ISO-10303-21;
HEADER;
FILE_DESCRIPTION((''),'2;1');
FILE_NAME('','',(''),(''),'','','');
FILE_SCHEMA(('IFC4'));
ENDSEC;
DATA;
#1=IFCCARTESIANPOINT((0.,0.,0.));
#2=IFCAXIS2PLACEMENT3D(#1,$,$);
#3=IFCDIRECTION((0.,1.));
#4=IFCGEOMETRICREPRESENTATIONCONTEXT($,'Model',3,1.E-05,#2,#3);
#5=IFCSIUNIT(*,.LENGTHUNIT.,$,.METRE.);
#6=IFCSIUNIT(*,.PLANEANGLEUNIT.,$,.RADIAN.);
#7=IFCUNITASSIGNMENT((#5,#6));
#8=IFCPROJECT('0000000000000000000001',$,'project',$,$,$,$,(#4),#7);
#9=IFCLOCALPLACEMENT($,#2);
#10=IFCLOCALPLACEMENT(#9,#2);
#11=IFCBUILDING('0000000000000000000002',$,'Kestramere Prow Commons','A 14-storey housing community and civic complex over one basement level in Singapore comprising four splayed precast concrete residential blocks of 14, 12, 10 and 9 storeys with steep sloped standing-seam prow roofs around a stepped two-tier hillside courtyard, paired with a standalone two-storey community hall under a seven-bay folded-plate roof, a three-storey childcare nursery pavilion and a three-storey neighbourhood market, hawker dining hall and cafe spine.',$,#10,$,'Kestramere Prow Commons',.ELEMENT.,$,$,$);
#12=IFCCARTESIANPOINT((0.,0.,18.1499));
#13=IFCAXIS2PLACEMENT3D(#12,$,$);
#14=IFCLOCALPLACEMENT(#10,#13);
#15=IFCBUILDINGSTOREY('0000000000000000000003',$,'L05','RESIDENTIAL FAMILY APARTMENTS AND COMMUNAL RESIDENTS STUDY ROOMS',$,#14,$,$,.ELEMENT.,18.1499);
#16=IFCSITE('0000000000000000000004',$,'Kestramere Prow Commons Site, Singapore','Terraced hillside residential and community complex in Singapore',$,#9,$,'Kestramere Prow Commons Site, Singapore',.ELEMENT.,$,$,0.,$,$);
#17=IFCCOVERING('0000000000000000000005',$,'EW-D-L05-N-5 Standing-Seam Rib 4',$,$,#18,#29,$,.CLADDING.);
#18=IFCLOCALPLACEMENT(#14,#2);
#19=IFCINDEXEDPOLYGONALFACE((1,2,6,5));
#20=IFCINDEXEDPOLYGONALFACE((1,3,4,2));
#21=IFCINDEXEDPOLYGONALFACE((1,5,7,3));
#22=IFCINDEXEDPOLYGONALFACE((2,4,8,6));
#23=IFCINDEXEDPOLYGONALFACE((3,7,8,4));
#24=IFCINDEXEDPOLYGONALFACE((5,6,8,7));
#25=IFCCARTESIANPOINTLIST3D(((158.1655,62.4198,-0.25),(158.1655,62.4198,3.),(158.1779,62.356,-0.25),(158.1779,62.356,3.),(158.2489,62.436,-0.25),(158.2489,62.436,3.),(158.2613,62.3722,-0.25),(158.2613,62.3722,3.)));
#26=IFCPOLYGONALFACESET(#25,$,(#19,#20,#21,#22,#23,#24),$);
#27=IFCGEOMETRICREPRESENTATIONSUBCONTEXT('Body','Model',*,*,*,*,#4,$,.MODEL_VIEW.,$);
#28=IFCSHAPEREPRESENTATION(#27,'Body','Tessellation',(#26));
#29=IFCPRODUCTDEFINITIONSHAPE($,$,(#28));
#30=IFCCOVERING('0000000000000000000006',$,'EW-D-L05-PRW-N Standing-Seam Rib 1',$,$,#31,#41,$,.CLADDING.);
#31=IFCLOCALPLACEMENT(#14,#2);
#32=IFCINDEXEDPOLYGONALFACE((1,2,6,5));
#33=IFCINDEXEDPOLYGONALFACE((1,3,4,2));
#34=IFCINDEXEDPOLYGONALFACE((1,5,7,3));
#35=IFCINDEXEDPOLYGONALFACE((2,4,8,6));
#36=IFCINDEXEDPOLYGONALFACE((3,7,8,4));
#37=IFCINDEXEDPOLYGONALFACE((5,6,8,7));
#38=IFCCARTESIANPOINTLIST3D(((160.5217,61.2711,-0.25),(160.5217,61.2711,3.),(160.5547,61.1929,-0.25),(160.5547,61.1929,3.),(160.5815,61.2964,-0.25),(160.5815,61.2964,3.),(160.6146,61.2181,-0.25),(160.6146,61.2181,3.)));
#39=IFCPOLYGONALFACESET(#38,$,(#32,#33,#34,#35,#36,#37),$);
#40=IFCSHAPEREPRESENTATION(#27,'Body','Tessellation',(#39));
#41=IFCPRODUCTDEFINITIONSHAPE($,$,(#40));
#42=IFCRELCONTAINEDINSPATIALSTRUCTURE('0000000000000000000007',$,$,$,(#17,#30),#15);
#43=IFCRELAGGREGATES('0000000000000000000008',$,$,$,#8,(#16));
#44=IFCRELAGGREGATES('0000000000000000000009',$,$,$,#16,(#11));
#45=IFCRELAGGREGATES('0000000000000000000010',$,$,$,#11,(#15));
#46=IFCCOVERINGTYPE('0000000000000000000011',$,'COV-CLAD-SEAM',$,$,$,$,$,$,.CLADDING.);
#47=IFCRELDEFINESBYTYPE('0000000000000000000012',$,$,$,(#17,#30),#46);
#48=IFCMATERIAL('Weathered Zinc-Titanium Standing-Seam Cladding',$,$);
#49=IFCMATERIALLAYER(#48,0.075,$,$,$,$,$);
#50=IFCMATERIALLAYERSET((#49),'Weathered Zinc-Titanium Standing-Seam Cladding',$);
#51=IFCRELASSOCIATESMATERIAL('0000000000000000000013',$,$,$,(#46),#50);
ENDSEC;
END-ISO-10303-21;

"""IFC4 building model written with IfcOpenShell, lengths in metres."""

from ifc_helpers import new_model, si_unit, direction, frame, origin, origin_2d, place, context, subcontext, project, spatial, rectangle, extrude, material, layer, layer_set, type_object, element, save


model = new_model("IFC4")

# Units and contexts
model_context = context("Model", 3, precision=1e-05, world=origin(), true_north=direction((0.0, 1.0)))
body_context = subcontext(model_context, "Body", "Model", "MODEL_VIEW")
ifc_project = project(units=[si_unit("LENGTHUNIT", "METRE"), si_unit("PLANEANGLEUNIT", "RADIAN")], contexts=[model_context])

# Site, building, storey
site_placement = place(None, origin())
site = spatial("IfcSite", under=ifc_project, at=site_placement, Name="Kestramere Prow Commons Site, Singapore", Description="Terraced hillside residential and community complex in Singapore", LongName="Kestramere Prow Commons Site, Singapore", CompositionType="ELEMENT", RefElevation=0.0)
building_placement = place(site_placement, origin())
building = spatial("IfcBuilding", under=site, at=building_placement, Name="Kestramere Prow Commons", Description="A 14-storey housing community and civic complex over one basement level in Singapore comprising four splayed precast concrete residential blocks of 14, 12, 10 and 9 storeys with steep sloped standing-seam prow roofs around a stepped two-tier hillside courtyard, paired with a standalone two-storey community hall under a seven-bay folded-plate roof, a three-storey childcare nursery pavilion and a three-storey neighbourhood market, hawker dining hall and cafe spine.", LongName="Kestramere Prow Commons", CompositionType="ELEMENT")
storey_placement = place(building_placement, frame((0.0, 0.0, 18.1499)))
storey = spatial("IfcBuildingStorey", under=building, at=storey_placement, Name="L05", Description="RESIDENTIAL FAMILY APARTMENTS AND COMMUNAL RESIDENTS STUDY ROOMS", CompositionType="ELEMENT", Elevation=18.1499)

# Shared definitions
ifc_material_1 = material(Name="Weathered Zinc-Titanium Standing-Seam Cladding")

# Coverings
ifc_layer_1 = layer(ifc_material_1, 0.075)
ifc_layer_set_1 = layer_set([ifc_layer_1], Name="Weathered Zinc-Titanium Standing-Seam Cladding")
covering_type = type_object("IfcCoveringType", Name="COV-CLAD-SEAM", PredefinedType="CLADDING", material=ifc_layer_set_1)
for number, where, z_axis, x_axis, name in (
    (1, (158.2134, 62.396, -0.25), (0.0, 0.0, 1.0), (0.981627, 0.190809, 0.0), "EW-D-L05-N-5 Standing-Seam Rib 4"),
    (2, (160.5681, 61.2446, -0.25), (0.0, 0.0, 1.0), (0.38922, -0.921145, 0.0), "EW-D-L05-PRW-N Standing-Seam Rib 1"),
):
    element("IfcCovering", number, at=place(storey_placement, frame(where, z_axis=z_axis, x_axis=x_axis)), inside=storey, type_object=covering_type, Name=name, PredefinedType="CLADDING", context=body_context, shape_type="SweptSolid", body=[
        extrude(rectangle(XDim=0.085, YDim=0.0649, at=origin_2d()), origin(), (0.0, 0.0, 1.0), 3.25),
    ])

save(model, "model.ifc")
